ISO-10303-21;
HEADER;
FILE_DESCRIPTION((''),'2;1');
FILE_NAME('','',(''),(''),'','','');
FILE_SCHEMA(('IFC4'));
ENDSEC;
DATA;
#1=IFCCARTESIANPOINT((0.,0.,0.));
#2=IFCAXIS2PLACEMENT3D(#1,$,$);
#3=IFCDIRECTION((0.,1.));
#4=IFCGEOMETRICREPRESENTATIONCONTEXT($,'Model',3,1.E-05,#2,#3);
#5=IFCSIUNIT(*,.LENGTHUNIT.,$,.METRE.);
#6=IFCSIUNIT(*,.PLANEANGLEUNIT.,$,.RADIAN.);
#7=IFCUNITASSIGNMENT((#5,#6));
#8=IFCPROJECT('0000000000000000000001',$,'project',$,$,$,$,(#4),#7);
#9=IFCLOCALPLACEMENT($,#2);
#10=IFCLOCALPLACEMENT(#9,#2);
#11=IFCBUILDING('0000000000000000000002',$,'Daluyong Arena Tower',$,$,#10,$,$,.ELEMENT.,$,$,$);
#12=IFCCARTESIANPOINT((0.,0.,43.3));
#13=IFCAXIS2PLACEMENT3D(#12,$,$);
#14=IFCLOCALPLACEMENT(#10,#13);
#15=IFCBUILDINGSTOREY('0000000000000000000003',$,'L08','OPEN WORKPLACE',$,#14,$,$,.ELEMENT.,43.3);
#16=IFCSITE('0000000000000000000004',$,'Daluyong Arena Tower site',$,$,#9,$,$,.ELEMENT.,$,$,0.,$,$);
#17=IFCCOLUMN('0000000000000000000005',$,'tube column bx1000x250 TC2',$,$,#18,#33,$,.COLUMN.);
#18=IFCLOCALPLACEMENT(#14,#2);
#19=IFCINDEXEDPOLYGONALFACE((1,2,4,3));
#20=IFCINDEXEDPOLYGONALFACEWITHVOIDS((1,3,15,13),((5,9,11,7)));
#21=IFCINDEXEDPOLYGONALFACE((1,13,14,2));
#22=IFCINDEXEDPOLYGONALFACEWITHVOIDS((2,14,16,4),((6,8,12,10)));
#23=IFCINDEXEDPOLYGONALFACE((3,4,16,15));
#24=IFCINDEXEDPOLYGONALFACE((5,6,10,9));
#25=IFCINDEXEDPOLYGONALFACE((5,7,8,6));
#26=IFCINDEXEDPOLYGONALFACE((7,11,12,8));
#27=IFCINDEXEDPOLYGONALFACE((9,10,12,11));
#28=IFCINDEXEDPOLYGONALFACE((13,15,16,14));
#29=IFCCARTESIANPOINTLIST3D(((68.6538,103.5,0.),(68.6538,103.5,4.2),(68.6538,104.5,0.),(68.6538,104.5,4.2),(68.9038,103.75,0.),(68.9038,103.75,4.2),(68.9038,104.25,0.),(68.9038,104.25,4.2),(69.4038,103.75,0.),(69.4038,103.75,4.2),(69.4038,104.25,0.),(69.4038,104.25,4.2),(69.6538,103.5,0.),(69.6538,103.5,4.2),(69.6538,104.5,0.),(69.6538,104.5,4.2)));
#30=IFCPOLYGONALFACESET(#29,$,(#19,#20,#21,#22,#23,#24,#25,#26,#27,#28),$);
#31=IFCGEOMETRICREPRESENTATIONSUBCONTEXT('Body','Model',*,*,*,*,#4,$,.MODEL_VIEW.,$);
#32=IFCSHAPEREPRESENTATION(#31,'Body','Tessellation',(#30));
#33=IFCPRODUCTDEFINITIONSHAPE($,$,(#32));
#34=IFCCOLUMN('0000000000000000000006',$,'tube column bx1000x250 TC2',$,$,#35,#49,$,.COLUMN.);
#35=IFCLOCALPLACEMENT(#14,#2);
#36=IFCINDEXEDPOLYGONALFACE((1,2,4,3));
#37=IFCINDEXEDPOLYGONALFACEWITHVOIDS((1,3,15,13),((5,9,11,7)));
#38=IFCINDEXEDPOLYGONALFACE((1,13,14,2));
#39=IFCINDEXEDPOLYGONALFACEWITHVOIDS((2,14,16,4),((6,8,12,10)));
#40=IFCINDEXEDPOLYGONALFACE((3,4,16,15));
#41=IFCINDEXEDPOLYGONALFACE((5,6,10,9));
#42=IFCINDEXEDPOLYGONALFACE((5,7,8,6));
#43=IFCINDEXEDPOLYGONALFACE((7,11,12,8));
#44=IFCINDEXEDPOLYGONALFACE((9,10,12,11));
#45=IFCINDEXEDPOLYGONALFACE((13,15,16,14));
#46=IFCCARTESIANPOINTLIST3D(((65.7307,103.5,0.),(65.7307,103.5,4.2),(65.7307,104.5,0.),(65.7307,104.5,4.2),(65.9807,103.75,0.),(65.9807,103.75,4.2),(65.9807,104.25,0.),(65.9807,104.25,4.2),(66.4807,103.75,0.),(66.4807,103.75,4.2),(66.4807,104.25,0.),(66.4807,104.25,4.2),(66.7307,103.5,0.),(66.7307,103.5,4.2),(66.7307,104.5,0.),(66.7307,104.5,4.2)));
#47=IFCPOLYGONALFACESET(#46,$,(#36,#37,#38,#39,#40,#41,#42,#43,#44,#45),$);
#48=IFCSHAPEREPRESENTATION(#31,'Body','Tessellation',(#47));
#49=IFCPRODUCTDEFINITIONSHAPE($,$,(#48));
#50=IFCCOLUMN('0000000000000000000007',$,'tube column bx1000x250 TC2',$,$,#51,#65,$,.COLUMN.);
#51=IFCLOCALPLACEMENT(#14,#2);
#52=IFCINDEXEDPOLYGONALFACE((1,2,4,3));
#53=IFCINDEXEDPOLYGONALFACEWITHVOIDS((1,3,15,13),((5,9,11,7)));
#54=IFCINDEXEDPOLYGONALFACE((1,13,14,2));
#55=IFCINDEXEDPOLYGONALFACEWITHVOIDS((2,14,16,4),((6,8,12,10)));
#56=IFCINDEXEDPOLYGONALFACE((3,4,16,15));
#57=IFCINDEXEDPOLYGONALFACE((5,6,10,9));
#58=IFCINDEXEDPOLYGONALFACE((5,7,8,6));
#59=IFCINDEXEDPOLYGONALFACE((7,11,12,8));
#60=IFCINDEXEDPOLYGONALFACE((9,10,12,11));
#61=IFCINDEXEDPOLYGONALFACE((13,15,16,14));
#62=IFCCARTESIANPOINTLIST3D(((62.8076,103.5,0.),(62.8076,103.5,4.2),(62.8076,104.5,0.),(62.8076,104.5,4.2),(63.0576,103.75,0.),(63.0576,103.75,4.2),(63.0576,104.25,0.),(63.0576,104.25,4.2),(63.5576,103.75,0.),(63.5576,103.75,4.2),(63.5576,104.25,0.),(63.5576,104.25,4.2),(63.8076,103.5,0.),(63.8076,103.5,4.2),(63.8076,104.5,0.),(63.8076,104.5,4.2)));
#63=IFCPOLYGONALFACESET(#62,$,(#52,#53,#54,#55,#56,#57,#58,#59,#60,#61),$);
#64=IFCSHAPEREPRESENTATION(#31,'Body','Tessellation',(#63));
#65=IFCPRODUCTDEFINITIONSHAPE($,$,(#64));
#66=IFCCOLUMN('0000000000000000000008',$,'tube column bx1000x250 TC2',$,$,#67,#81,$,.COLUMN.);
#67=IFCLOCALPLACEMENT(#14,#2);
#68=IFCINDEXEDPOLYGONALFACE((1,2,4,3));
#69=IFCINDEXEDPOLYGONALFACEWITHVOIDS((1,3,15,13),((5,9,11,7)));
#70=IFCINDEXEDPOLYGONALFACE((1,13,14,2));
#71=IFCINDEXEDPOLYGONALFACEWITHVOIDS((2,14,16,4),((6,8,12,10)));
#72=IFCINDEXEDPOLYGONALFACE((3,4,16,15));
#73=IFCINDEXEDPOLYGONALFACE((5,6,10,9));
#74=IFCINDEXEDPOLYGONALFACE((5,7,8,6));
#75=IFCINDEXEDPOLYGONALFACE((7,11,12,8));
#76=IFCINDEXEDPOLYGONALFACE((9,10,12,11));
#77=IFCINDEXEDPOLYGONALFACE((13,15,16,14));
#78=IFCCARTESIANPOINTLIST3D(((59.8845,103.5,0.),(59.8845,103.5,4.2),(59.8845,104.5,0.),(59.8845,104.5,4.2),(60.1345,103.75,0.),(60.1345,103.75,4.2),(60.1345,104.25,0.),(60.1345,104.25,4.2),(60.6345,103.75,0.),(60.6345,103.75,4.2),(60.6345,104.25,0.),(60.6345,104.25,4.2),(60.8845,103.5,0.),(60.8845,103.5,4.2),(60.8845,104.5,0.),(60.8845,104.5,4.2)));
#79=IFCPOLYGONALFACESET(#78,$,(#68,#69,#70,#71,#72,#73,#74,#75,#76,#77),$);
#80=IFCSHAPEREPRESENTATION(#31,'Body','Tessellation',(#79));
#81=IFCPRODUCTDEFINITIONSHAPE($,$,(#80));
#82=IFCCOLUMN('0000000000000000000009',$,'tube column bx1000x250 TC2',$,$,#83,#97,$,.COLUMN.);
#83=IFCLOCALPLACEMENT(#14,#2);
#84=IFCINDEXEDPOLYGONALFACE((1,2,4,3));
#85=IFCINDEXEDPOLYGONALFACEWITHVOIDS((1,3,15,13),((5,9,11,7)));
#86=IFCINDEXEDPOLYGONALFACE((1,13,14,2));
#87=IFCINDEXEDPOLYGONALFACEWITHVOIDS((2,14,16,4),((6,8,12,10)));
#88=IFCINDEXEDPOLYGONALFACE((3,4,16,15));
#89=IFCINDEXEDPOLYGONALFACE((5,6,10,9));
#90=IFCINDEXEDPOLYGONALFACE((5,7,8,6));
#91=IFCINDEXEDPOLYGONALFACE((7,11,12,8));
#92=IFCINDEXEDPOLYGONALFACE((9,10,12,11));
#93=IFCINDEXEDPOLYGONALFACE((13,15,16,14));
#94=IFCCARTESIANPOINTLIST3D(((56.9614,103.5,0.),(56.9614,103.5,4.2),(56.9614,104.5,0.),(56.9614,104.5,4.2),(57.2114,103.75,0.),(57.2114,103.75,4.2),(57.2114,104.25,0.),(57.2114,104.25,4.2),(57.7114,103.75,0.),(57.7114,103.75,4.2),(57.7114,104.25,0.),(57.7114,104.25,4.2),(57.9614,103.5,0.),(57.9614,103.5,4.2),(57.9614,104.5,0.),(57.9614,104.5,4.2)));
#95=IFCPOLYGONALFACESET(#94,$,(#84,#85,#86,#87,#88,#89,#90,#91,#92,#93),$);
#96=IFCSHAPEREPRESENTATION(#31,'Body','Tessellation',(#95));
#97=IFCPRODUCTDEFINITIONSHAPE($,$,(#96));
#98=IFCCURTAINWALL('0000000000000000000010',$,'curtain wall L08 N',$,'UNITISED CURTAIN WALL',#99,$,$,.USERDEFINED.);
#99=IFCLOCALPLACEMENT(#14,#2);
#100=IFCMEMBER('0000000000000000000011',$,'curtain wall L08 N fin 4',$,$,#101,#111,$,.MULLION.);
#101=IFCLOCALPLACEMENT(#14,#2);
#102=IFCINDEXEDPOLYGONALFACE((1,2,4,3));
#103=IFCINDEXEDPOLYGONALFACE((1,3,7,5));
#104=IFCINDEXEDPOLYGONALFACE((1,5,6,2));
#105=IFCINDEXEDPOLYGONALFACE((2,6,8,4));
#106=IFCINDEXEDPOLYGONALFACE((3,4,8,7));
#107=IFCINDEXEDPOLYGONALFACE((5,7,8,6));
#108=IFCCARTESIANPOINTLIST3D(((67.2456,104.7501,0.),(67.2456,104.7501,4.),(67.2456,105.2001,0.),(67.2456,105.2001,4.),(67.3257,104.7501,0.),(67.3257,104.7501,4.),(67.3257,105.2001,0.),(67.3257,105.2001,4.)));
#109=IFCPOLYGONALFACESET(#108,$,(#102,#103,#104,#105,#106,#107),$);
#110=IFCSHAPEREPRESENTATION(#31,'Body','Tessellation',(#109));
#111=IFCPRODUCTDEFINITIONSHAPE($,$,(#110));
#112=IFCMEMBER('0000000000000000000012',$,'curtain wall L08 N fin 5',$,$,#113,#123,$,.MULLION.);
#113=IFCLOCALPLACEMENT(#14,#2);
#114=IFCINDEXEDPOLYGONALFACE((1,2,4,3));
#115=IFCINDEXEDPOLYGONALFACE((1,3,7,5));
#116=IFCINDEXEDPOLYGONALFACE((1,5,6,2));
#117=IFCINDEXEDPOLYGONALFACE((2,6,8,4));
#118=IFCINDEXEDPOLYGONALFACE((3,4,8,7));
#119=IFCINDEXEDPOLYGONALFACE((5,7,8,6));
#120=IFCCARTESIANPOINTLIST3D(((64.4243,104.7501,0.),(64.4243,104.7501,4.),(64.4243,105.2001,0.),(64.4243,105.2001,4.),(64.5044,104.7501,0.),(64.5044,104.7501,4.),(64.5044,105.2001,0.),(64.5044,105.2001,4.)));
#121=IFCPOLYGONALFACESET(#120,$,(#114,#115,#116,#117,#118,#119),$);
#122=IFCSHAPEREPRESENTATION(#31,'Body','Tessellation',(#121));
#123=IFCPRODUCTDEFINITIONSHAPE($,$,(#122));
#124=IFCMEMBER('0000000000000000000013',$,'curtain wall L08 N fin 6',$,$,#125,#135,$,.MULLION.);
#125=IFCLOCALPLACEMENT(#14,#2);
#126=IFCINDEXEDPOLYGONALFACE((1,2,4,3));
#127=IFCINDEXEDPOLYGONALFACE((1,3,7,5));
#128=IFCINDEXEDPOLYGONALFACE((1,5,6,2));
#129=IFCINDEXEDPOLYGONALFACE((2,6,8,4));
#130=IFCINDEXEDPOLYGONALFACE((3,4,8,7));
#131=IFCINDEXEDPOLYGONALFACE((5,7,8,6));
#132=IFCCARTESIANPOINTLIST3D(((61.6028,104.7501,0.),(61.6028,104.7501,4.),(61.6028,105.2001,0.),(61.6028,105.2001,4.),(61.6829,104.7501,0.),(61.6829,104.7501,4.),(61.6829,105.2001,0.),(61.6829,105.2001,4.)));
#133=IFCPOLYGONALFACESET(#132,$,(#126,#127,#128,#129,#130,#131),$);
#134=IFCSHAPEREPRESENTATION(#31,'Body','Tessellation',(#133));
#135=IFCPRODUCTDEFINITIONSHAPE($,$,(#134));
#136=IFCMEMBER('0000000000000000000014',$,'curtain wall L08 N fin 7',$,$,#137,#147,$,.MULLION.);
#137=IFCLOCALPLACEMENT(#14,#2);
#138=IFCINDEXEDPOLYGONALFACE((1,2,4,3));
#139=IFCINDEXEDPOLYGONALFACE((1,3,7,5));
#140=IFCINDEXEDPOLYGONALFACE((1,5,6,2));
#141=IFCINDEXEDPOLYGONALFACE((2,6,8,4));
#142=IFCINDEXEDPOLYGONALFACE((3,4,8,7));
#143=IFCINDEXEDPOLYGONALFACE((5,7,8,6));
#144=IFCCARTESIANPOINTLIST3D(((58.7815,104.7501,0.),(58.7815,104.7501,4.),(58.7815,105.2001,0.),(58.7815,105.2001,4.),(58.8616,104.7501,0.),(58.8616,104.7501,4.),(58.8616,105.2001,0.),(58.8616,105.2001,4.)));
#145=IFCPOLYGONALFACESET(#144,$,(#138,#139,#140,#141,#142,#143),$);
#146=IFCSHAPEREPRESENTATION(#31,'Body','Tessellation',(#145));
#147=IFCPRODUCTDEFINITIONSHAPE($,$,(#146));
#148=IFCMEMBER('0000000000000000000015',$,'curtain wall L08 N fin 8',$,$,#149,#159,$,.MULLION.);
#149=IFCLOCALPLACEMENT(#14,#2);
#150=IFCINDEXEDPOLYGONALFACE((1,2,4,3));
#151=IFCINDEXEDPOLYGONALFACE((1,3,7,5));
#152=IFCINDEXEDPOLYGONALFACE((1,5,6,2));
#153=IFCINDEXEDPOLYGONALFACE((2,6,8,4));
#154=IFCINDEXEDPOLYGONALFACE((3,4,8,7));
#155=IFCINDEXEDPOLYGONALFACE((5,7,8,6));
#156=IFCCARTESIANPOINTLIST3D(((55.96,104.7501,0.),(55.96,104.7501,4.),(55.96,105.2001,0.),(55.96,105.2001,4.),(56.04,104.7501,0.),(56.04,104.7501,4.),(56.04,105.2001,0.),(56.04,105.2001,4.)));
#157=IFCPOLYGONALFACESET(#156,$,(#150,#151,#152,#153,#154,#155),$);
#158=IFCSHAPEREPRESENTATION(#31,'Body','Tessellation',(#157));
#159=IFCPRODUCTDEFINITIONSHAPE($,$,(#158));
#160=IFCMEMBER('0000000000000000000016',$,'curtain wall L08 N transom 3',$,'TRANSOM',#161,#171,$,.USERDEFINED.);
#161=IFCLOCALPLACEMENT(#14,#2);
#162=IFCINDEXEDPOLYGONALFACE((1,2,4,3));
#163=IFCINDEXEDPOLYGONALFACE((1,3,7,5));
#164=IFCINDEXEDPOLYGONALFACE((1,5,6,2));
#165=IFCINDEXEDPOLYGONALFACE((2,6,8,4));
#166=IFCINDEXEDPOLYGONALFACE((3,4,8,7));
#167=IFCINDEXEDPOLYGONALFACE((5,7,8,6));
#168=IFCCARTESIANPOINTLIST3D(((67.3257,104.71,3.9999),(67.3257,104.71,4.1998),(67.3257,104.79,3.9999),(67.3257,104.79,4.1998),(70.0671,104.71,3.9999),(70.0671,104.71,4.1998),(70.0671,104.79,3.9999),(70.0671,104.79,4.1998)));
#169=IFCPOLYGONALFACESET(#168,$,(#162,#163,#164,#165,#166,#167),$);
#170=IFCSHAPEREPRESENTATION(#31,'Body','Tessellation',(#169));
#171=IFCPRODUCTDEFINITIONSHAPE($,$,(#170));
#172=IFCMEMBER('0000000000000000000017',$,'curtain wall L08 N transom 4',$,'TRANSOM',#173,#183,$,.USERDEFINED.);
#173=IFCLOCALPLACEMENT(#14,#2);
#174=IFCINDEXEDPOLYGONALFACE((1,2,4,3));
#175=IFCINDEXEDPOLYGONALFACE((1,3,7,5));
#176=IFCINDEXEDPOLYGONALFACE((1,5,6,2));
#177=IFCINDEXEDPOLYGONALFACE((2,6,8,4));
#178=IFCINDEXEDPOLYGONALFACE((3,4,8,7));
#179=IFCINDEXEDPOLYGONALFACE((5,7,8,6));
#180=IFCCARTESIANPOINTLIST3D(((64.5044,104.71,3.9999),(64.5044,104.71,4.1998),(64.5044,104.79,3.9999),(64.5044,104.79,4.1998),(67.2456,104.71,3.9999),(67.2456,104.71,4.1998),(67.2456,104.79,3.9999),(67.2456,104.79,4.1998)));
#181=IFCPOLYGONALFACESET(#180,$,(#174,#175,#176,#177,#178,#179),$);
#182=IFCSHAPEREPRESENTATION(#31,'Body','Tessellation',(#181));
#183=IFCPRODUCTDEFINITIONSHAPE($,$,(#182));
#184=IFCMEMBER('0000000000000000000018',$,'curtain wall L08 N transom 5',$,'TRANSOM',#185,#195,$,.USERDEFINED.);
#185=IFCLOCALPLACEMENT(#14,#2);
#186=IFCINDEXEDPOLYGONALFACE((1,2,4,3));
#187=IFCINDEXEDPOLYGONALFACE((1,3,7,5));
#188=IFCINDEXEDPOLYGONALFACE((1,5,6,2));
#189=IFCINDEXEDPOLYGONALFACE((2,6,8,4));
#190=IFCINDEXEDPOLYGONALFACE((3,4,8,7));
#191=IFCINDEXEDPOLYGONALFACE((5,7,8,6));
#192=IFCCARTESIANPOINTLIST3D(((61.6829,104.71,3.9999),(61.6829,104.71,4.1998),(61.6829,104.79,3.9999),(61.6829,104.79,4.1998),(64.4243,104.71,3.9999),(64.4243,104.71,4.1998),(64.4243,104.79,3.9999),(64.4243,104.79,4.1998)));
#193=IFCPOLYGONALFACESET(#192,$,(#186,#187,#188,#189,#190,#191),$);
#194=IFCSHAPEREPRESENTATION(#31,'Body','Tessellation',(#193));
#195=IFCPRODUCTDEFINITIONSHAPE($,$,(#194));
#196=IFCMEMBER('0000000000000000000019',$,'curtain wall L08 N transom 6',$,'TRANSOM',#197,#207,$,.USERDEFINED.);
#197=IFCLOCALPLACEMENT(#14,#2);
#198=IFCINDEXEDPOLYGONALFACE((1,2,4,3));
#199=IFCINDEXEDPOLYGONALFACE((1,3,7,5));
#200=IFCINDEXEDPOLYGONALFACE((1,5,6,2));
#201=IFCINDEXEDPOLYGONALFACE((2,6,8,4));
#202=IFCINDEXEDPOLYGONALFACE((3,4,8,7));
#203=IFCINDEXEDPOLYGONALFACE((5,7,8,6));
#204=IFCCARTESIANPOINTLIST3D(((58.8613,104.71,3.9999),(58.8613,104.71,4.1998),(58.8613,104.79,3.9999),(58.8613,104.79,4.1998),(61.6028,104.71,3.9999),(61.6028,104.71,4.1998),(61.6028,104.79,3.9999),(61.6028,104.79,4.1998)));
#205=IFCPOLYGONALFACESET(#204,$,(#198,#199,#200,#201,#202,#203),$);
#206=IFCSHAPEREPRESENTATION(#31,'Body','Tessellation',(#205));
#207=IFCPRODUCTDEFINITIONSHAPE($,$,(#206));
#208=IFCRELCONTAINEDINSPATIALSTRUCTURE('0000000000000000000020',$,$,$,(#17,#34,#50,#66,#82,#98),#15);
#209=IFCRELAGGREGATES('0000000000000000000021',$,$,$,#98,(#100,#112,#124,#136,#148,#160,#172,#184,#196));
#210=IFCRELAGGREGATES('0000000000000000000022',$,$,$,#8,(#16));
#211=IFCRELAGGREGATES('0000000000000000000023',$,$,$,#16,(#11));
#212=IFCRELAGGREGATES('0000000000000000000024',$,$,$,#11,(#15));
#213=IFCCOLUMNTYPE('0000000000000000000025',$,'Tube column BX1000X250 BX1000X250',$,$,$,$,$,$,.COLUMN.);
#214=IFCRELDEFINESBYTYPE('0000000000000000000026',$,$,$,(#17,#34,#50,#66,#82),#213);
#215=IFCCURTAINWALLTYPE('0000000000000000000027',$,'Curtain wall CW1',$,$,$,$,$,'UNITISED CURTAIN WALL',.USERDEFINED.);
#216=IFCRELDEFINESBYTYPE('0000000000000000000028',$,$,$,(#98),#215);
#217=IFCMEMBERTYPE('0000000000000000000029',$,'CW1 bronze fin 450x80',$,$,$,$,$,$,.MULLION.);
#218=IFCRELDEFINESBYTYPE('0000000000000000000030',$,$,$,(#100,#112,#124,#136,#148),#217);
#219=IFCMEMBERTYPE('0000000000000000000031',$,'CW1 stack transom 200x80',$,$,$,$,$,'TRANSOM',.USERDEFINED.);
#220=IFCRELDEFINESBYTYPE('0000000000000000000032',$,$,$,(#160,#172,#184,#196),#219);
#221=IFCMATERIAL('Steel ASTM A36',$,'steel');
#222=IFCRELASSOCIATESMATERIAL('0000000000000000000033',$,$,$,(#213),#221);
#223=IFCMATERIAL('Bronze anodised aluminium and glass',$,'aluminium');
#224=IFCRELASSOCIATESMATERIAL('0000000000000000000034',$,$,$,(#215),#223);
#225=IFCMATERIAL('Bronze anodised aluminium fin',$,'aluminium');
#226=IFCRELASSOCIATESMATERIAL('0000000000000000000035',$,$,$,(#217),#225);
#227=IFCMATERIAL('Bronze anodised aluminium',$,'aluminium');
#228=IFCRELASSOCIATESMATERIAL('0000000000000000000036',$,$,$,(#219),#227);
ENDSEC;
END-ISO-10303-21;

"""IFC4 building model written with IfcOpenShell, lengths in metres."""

from ifc_helpers import new_model, si_unit, direction, frame, origin, origin_2d, place, context, subcontext, project, spatial, rectangle, hollow_rectangle, extrude, material, material_profile, profile_set, type_object, element, aggregate, save


model = new_model("IFC4")

# Units and contexts
model_context = context("Model", 3, precision=1e-05, world=origin(), true_north=direction((0.0, 1.0)))
body_context = subcontext(model_context, "Body", "Model", "MODEL_VIEW")
ifc_project = project(units=[si_unit("LENGTHUNIT", "METRE"), si_unit("PLANEANGLEUNIT", "RADIAN")], contexts=[model_context])

# Site, building, storey
site_placement = place(None, origin())
site = spatial("IfcSite", under=ifc_project, at=site_placement, Name="Daluyong Arena Tower site", CompositionType="ELEMENT", RefElevation=0.0)
building_placement = place(site_placement, origin())
building = spatial("IfcBuilding", under=site, at=building_placement, Name="Daluyong Arena Tower", CompositionType="ELEMENT")
storey_placement = place(building_placement, frame((0.0, 0.0, 43.3)))
storey = spatial("IfcBuildingStorey", under=building, at=storey_placement, Name="L08", Description="OPEN WORKPLACE", CompositionType="ELEMENT", Elevation=43.3)

# Columns
ifc_material_1 = material(Name="Steel ASTM A36", Category="steel")
ifc_material_profile_1 = material_profile(ifc_material_1, hollow_rectangle(XDim=1.0, YDim=1.0, WallThickness=0.25, at=origin_2d()))
ifc_profile_set_1 = profile_set([ifc_material_profile_1], Name="Steel ASTM A36")
column_type = type_object("IfcColumnType", Name="Tube column BX1000X250 BX1000X250", PredefinedType="COLUMN", material=ifc_profile_set_1)
for number, where, z_axis, x_axis, name in (
    (1, (69.1538, 104.0, 0.0), (0.0, 0.0, 1.0), (1.0, 0.0, 0.0), "tube column bx1000x250 TC2"),
    (2, (66.2307, 104.0, 0.0), (0.0, 0.0, 1.0), (1.0, 0.0, 0.0), "tube column bx1000x250 TC2"),
    (3, (63.3076, 104.0, 0.0), (0.0, 0.0, 1.0), (1.0, 0.0, 0.0), "tube column bx1000x250 TC2"),
    (4, (60.3845, 104.0, 0.0), (0.0, 0.0, 1.0), (1.0, 0.0, 0.0), "tube column bx1000x250 TC2"),
    (5, (57.4614, 104.0, 0.0), (0.0, 0.0, 1.0), (1.0, 0.0, 0.0), "tube column bx1000x250 TC2"),
):
    element("IfcColumn", number, at=place(storey_placement, frame(where, z_axis=z_axis, x_axis=x_axis)), inside=storey, type_object=column_type, Name=name, PredefinedType="COLUMN", context=body_context, shape_type="SweptSolid", body=[
        extrude(hollow_rectangle(XDim=1.0, YDim=1.0, WallThickness=0.25, at=origin_2d()), origin(), (0.0, 0.0, 1.0), 4.2),
    ])

# Curtain wall, members
ifc_material_2 = material(Name="Bronze anodised aluminium and glass", Category="aluminium")
curtain_wall_type = type_object("IfcCurtainWallType", Name="Curtain wall CW1", ElementType="UNITISED CURTAIN WALL", PredefinedType="USERDEFINED", material=ifc_material_2)
curtain_wall_placement = place(storey_placement, origin())
curtain_wall = element("IfcCurtainWall", 6, at=curtain_wall_placement, inside=storey, type_object=curtain_wall_type, Name="curtain wall L08 N", ObjectType="UNITISED CURTAIN WALL", PredefinedType="USERDEFINED")
ifc_material_3 = material(Name="Bronze anodised aluminium fin", Category="aluminium")
ifc_material_profile_2 = material_profile(ifc_material_3, rectangle(XDim=0.45, YDim=0.0801, at=origin_2d()))
ifc_profile_set_2 = profile_set([ifc_material_profile_2], Name="Bronze anodised aluminium fin")
member_type_1 = type_object("IfcMemberType", Name="CW1 bronze fin 450x80", PredefinedType="MULLION", material=ifc_profile_set_2)
member_1_placement = place(storey_placement, frame((67.2856, 104.9751, 0.0), z_axis=(0.0, 0.0, 1.0), x_axis=(0.0, -1.0, 0.0)))
member_1 = element("IfcMember", 7, at=member_1_placement, type_object=member_type_1, Name="curtain wall L08 N fin 4", PredefinedType="MULLION", context=body_context, shape_type="SweptSolid", body=[
    extrude(rectangle(XDim=0.45, YDim=0.0801, at=origin_2d()), origin(), (0.0, 0.0, 1.0), 4.0),
])
member_2_placement = place(storey_placement, frame((64.4644, 104.9751, 0.0), z_axis=(0.0, 0.0, 1.0), x_axis=(0.0, -1.0, 0.0)))
member_2 = element("IfcMember", 8, at=member_2_placement, type_object=member_type_1, Name="curtain wall L08 N fin 5", PredefinedType="MULLION", context=body_context, shape_type="SweptSolid", body=[
    extrude(rectangle(XDim=0.45, YDim=0.0801, at=origin_2d()), origin(), (0.0, 0.0, 1.0), 4.0),
])
member_3_placement = place(storey_placement, frame((61.6428, 104.9751, 0.0), z_axis=(0.0, 0.0, 1.0), x_axis=(0.0, -1.0, 0.0)))
member_3 = element("IfcMember", 9, at=member_3_placement, type_object=member_type_1, Name="curtain wall L08 N fin 6", PredefinedType="MULLION", context=body_context, shape_type="SweptSolid", body=[
    extrude(rectangle(XDim=0.45, YDim=0.0801, at=origin_2d()), origin(), (0.0, 0.0, 1.0), 4.0),
])
member_4_placement = place(storey_placement, frame((58.8215, 104.9751, 0.0), z_axis=(0.0, 0.0, 1.0), x_axis=(0.0, -1.0, 0.0)))
member_4 = element("IfcMember", 10, at=member_4_placement, type_object=member_type_1, Name="curtain wall L08 N fin 7", PredefinedType="MULLION", context=body_context, shape_type="SweptSolid", body=[
    extrude(rectangle(XDim=0.45, YDim=0.0801, at=origin_2d()), origin(), (0.0, 0.0, 1.0), 4.0),
])
member_5_placement = place(storey_placement, frame((56.0, 104.9751, 0.0), z_axis=(0.0, 0.0, 1.0), x_axis=(0.0, -1.0, 0.0)))
member_5 = element("IfcMember", 11, at=member_5_placement, type_object=member_type_1, Name="curtain wall L08 N fin 8", PredefinedType="MULLION", context=body_context, shape_type="SweptSolid", body=[
    extrude(rectangle(XDim=0.45, YDim=0.0801, at=origin_2d()), origin(), (0.0, 0.0, 1.0), 4.0),
])
ifc_material_4 = material(Name="Bronze anodised aluminium", Category="aluminium")
ifc_material_profile_3 = material_profile(ifc_material_4, rectangle(XDim=0.0801, YDim=0.2, at=origin_2d()))
ifc_profile_set_3 = profile_set([ifc_material_profile_3], Name="Bronze anodised aluminium")
member_type_2 = type_object("IfcMemberType", Name="CW1 stack transom 200x80", ElementType="TRANSOM", PredefinedType="USERDEFINED", material=ifc_profile_set_3)
member_6_placement = place(storey_placement, frame((70.0671, 104.75, 4.0999), z_axis=(-1.0, 0.0, 0.0), x_axis=(0.0, -1.0, 0.0)))
member_6 = element("IfcMember", 12, at=member_6_placement, type_object=member_type_2, Name="curtain wall L08 N transom 3", ObjectType="TRANSOM", PredefinedType="USERDEFINED", context=body_context, shape_type="SweptSolid", body=[
    extrude(rectangle(XDim=0.0801, YDim=0.2, at=origin_2d()), origin(), (0.0, 0.0, 1.0), 2.7415),
])
member_7_placement = place(storey_placement, frame((67.2456, 104.75, 4.0999), z_axis=(-1.0, 0.0, 0.0), x_axis=(0.0, -1.0, 0.0)))
member_7 = element("IfcMember", 13, at=member_7_placement, type_object=member_type_2, Name="curtain wall L08 N transom 4", ObjectType="TRANSOM", PredefinedType="USERDEFINED", context=body_context, shape_type="SweptSolid", body=[
    extrude(rectangle(XDim=0.0801, YDim=0.2, at=origin_2d()), origin(), (0.0, 0.0, 1.0), 2.7412),
])
member_8_placement = place(storey_placement, frame((64.4243, 104.75, 4.0999), z_axis=(-1.0, 0.0, 0.0), x_axis=(0.0, -1.0, 0.0)))
member_8 = element("IfcMember", 14, at=member_8_placement, type_object=member_type_2, Name="curtain wall L08 N transom 5", ObjectType="TRANSOM", PredefinedType="USERDEFINED", context=body_context, shape_type="SweptSolid", body=[
    extrude(rectangle(XDim=0.0801, YDim=0.2, at=origin_2d()), origin(), (0.0, 0.0, 1.0), 2.7415),
])
member_9_placement = place(storey_placement, frame((61.6028, 104.75, 4.0999), z_axis=(-1.0, 0.0, 0.0), x_axis=(0.0, -1.0, 0.0)))
member_9 = element("IfcMember", 15, at=member_9_placement, type_object=member_type_2, Name="curtain wall L08 N transom 6", ObjectType="TRANSOM", PredefinedType="USERDEFINED", context=body_context, shape_type="SweptSolid", body=[
    extrude(rectangle(XDim=0.0801, YDim=0.2, at=origin_2d()), origin(), (0.0, 0.0, 1.0), 2.7415),
])

aggregate(curtain_wall, [member_1, member_2, member_3, member_4, member_5, member_6, member_7, member_8, member_9])

save(model, "model.ifc")
